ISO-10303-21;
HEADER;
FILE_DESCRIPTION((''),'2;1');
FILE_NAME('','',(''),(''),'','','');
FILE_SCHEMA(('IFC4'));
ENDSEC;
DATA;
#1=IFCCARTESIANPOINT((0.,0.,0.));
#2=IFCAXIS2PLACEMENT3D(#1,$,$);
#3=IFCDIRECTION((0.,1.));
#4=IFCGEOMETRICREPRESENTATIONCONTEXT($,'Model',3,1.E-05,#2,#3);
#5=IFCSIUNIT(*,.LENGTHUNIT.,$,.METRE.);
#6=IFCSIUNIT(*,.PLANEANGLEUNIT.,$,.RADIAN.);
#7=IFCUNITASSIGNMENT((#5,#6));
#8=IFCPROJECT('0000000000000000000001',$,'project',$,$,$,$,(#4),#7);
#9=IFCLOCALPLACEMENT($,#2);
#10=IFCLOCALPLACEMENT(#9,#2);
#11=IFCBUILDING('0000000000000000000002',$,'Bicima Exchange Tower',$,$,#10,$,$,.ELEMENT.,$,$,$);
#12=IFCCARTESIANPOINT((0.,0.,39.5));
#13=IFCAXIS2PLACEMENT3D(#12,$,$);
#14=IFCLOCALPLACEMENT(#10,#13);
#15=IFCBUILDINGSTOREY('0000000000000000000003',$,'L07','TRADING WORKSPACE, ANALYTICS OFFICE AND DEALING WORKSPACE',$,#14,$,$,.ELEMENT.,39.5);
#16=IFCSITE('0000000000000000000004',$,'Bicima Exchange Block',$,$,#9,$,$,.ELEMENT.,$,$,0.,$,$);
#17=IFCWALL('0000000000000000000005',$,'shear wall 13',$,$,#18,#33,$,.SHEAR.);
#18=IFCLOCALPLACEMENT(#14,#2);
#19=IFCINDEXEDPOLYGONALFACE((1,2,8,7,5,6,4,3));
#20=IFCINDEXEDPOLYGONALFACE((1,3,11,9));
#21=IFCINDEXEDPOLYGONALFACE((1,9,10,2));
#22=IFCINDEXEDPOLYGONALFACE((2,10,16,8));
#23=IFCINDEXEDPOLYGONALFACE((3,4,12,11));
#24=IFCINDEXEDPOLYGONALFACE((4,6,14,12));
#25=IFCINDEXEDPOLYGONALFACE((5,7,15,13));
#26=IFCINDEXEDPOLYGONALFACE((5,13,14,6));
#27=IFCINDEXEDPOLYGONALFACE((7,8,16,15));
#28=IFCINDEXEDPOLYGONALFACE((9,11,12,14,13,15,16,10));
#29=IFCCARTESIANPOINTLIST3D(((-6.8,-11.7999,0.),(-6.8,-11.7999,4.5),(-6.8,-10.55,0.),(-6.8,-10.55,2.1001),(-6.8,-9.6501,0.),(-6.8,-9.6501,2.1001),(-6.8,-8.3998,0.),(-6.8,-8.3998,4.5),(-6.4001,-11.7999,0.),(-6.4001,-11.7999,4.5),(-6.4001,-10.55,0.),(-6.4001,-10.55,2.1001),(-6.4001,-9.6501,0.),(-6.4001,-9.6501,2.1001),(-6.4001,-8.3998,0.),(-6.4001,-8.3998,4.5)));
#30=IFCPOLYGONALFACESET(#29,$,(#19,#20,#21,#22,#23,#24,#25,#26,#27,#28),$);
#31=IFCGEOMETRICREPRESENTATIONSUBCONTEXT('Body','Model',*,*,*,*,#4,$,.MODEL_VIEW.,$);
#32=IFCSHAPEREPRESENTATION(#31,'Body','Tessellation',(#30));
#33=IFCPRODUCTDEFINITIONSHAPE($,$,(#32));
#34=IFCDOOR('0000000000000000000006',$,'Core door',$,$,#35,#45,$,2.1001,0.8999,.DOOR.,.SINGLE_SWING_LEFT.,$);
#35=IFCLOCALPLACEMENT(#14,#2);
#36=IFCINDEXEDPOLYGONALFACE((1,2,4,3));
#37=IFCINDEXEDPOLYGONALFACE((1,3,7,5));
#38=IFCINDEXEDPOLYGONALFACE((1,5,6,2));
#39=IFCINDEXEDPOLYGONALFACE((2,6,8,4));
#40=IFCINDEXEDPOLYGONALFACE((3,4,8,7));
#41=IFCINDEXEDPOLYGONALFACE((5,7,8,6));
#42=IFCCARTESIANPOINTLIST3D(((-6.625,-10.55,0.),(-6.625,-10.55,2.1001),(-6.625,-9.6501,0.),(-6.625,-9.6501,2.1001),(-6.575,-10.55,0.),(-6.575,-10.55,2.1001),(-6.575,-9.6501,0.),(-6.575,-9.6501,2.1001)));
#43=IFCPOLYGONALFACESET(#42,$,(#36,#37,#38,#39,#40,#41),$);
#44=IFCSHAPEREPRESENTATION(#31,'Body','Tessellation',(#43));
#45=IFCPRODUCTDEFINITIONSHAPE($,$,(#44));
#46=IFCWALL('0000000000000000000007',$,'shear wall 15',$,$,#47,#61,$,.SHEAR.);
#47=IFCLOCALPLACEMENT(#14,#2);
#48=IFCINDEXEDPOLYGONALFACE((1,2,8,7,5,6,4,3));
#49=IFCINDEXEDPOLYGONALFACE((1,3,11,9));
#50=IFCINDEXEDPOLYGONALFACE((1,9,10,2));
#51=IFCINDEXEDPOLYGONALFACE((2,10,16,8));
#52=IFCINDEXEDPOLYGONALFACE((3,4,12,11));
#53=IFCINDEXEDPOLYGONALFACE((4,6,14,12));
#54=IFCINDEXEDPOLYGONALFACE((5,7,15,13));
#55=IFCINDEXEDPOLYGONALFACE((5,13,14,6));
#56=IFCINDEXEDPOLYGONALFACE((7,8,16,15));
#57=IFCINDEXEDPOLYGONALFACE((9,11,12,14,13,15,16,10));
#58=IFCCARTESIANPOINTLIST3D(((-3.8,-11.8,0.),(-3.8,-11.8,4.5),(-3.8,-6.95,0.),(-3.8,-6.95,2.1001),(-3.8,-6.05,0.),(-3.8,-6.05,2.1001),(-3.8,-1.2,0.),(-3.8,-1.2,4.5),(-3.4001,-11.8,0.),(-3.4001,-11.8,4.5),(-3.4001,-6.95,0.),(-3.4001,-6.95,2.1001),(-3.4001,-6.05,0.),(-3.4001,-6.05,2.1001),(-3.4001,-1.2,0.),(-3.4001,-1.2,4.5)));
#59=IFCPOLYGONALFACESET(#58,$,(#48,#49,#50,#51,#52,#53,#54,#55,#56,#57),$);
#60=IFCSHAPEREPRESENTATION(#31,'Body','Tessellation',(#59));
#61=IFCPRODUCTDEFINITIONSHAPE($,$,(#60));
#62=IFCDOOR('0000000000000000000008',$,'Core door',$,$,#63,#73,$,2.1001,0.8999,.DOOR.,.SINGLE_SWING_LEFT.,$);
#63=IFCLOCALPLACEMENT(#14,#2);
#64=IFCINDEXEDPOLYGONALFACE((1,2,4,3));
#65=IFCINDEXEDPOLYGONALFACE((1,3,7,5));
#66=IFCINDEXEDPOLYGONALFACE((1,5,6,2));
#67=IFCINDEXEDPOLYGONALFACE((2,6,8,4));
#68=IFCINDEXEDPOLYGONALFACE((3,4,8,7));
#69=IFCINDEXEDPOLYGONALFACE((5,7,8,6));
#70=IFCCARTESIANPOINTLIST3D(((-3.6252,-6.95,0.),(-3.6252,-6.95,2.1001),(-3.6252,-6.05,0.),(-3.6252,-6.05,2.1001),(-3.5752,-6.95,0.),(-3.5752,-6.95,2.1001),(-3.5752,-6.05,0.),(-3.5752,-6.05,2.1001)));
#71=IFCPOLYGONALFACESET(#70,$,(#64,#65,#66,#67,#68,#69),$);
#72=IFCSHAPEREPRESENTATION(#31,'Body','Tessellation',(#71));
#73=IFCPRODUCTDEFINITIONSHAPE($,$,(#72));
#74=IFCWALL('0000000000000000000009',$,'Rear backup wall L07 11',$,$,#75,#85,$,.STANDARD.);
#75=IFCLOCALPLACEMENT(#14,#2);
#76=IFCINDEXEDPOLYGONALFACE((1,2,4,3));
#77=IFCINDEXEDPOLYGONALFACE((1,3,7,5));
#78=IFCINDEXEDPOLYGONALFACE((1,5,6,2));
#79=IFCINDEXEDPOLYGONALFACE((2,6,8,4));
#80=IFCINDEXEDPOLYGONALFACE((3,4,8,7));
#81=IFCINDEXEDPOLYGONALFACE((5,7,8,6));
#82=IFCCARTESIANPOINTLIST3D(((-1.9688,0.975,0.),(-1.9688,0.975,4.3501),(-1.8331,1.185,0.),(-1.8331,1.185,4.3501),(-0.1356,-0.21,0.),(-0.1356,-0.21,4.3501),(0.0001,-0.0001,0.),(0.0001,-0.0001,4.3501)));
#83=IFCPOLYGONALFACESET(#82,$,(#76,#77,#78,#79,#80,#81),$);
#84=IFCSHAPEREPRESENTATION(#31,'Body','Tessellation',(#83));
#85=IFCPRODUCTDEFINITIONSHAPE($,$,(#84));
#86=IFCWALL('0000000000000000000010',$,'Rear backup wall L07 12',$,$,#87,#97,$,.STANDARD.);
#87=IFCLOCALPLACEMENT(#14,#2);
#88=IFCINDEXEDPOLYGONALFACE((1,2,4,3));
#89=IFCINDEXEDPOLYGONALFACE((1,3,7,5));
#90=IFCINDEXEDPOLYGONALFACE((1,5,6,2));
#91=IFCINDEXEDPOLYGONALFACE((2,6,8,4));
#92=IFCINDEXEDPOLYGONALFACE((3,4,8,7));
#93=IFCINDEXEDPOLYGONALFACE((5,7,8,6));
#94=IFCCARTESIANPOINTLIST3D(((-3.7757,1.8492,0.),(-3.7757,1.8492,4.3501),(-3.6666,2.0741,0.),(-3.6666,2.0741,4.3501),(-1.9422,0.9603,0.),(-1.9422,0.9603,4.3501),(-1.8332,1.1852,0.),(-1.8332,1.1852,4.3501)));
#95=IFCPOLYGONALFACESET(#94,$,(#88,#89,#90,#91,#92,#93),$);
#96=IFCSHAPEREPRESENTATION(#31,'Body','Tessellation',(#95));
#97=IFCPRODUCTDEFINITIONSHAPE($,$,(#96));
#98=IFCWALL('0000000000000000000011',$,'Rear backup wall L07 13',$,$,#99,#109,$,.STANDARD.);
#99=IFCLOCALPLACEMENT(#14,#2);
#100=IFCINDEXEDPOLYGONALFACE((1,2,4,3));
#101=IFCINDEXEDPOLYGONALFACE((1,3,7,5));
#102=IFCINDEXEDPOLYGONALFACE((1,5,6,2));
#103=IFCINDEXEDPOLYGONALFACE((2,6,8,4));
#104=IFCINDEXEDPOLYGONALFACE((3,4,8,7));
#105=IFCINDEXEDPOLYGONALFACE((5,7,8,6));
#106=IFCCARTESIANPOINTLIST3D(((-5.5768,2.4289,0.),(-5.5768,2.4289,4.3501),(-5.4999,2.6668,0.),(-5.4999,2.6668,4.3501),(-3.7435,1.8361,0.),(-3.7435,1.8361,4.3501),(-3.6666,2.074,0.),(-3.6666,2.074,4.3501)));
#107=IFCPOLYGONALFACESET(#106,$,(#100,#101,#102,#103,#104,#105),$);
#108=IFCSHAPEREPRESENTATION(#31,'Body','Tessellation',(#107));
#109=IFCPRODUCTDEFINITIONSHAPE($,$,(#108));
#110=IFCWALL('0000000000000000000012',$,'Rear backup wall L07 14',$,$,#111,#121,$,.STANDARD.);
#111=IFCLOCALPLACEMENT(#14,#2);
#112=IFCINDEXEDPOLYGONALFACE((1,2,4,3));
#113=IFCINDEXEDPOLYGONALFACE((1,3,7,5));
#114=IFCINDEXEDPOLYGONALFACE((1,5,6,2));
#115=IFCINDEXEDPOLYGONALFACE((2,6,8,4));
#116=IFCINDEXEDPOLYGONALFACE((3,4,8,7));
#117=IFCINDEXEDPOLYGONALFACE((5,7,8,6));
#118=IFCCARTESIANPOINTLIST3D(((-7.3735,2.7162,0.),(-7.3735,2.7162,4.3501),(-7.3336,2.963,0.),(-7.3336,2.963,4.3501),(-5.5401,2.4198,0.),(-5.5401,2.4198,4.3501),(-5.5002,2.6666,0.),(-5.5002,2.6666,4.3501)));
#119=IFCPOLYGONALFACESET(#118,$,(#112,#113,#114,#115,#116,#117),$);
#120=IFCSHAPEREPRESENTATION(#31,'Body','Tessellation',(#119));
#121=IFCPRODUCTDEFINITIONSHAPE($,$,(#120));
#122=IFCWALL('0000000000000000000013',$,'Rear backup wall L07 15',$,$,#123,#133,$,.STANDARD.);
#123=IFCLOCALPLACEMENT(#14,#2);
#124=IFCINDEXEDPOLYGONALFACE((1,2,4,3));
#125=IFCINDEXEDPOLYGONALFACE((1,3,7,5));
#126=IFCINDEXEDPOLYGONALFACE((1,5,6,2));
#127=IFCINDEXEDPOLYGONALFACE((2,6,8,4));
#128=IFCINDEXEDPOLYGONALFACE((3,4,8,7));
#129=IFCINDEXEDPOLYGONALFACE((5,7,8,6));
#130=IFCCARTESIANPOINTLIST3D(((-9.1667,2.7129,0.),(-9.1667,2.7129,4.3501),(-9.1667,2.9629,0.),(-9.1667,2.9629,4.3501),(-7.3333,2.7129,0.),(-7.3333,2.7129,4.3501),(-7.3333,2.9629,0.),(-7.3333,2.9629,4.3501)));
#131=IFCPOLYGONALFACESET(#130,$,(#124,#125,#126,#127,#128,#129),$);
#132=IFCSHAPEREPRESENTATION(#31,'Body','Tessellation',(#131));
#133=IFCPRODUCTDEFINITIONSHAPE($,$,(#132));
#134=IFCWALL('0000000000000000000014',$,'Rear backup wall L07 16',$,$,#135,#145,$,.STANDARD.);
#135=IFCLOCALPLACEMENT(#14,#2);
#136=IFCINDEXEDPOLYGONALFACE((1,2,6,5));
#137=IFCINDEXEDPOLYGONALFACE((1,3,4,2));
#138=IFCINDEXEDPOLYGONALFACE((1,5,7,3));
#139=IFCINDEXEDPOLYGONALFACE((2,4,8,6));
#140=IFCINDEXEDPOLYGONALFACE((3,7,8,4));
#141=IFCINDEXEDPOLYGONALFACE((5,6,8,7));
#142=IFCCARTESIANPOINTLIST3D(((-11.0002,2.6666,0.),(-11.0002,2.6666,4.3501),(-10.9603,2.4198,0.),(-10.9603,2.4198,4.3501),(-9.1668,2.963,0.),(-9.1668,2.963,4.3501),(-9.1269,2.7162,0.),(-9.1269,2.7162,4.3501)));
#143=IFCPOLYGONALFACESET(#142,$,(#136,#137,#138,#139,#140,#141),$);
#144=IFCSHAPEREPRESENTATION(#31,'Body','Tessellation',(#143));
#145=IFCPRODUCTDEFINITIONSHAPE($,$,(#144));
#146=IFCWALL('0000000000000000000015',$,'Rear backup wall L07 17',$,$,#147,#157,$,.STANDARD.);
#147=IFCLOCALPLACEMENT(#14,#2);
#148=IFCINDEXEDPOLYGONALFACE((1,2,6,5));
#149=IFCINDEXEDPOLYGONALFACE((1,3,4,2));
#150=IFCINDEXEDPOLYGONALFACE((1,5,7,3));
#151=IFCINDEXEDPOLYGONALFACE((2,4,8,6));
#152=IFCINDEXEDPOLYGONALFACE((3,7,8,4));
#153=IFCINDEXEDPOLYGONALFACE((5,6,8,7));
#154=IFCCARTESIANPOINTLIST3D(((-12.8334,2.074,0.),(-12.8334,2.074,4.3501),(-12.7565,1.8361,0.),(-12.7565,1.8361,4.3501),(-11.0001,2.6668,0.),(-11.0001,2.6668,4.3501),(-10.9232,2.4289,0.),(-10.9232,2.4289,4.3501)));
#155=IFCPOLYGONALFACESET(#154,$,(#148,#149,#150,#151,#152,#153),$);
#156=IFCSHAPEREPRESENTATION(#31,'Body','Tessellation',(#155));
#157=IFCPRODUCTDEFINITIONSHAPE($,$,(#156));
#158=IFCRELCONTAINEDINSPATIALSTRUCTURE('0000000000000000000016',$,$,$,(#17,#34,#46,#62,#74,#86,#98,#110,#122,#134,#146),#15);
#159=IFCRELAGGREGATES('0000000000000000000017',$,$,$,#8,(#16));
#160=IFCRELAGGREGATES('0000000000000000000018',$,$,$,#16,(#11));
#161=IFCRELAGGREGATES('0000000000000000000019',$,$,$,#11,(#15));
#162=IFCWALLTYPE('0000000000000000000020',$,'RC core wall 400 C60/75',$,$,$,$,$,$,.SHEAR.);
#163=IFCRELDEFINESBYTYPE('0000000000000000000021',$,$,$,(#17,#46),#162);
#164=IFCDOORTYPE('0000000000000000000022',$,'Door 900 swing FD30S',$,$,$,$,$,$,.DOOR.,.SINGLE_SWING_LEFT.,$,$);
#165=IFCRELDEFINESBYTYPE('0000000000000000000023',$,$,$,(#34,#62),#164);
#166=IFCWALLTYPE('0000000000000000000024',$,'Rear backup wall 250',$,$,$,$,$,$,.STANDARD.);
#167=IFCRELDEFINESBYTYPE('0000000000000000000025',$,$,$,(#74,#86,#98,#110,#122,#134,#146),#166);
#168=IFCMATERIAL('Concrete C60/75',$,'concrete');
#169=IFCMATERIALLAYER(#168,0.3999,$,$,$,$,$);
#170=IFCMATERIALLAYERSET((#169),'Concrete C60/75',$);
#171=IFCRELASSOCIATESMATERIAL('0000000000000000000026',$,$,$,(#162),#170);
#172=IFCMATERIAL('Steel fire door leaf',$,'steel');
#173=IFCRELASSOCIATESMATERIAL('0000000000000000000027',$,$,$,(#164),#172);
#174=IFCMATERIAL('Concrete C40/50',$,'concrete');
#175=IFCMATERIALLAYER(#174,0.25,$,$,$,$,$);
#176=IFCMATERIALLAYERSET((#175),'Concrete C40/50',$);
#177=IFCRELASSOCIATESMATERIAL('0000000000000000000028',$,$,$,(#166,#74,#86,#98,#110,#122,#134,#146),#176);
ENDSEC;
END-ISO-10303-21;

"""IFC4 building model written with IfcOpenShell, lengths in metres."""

from ifc_helpers import new_model, si_unit, direction, frame, frame_2d, origin, place, context, subcontext, project, spatial, rectangle, extrude, material, layer, layer_set, layer_usage, type_object, element, fill, save


model = new_model("IFC4")

# Units and contexts
model_context = context("Model", 3, precision=1e-05, world=origin(), true_north=direction((0.0, 1.0)))
body_context = subcontext(model_context, "Body", "Model", "MODEL_VIEW")
ifc_project = project(units=[si_unit("LENGTHUNIT", "METRE"), si_unit("PLANEANGLEUNIT", "RADIAN")], contexts=[model_context])

# Site, building, storey
site_placement = place(None, origin())
site = spatial("IfcSite", under=ifc_project, at=site_placement, Name="Bicima Exchange Block", CompositionType="ELEMENT", RefElevation=0.0)
building_placement = place(site_placement, origin())
building = spatial("IfcBuilding", under=site, at=building_placement, Name="Bicima Exchange Tower", CompositionType="ELEMENT")
storey_placement = place(building_placement, frame((0.0, 0.0, 39.5)))
storey = spatial("IfcBuildingStorey", under=building, at=storey_placement, Name="L07", Description="TRADING WORKSPACE, ANALYTICS OFFICE AND DEALING WORKSPACE", CompositionType="ELEMENT", Elevation=39.5)

# Shared definitions
ifc_material_1 = material(Name="Steel fire door leaf", Category="steel")

# Walls, openings, doors
ifc_material_2 = material(Name="Concrete C60/75", Category="concrete")
ifc_layer_1 = layer(ifc_material_2, 0.3999)
ifc_layer_set_1 = layer_set([ifc_layer_1], Name="Concrete C60/75")
wall_type_1 = type_object("IfcWallType", Name="RC core wall 400 C60/75", PredefinedType="SHEAR", material=ifc_layer_set_1)
wall_1_placement = place(storey_placement, frame((-6.6001, -11.8, 0.0), z_axis=(0.0, 0.0, 1.0), x_axis=(0.0, 1.0, 0.0)))
wall_1 = element("IfcWall", 1, at=wall_1_placement, inside=storey, type_object=wall_type_1, Name="shear wall 13", PredefinedType="SHEAR", context=body_context, shape_type="SweptSolid", body=[
    extrude(rectangle(XDim=3.4001, YDim=0.3999, at=frame_2d((1.7002, 0.0))), origin(), (0.0, 0.0, 1.0), 4.5),
])
opening_1_placement = place(wall_1_placement, frame((1.25, 0.0, 0.0)))
opening_1 = element("IfcOpeningElement", 2, at=opening_1_placement, cuts=wall_1, PredefinedType="OPENING", context=body_context, shape_type="SweptSolid", body=[
    extrude(rectangle(XDim=0.8999, YDim=2.1001, at=frame_2d((0.45, 1.05))), frame((0.0, 0.2119, 0.0), z_axis=(0.0, -1.0, 0.0), x_axis=(1.0, 0.0, 0.0)), (0.0, 0.0, 1.0), 0.4238),
])
door_type_1 = type_object("IfcDoorType", Name="Door 900 swing FD30S", OperationType="SINGLE_SWING_LEFT", PredefinedType="DOOR", material=ifc_material_1)
door_1_placement = place(opening_1_placement, origin())
door_1 = element("IfcDoor", 3, at=door_1_placement, inside=storey, type_object=door_type_1, Name="Core door", OperationType="SINGLE_SWING_LEFT", OverallHeight=2.1001, OverallWidth=0.8999, PredefinedType="DOOR", context=body_context, shape_type="SweptSolid", body=[
    extrude(rectangle(XDim=0.8999, YDim=2.1001, at=frame_2d((0.45, 1.05))), frame((0.0, 0.0249, 0.0), z_axis=(0.0, -1.0, 0.0), x_axis=(1.0, 0.0, 0.0)), (0.0, 0.0, 1.0), 0.05),
])
fill(opening_1, door_1)
wall_2_placement = place(storey_placement, frame((-3.6001, -11.8, 0.0), z_axis=(0.0, 0.0, 1.0), x_axis=(0.0, 1.0, 0.0)))
wall_2 = element("IfcWall", 4, at=wall_2_placement, inside=storey, type_object=wall_type_1, Name="shear wall 15", PredefinedType="SHEAR", context=body_context, shape_type="SweptSolid", body=[
    extrude(rectangle(XDim=10.6001, YDim=0.3999, at=frame_2d((5.3, 0.0))), origin(), (0.0, 0.0, 1.0), 4.5),
])
opening_2_placement = place(wall_2_placement, frame((4.8501, 0.0, 0.0)))
opening_2 = element("IfcOpeningElement", 5, at=opening_2_placement, cuts=wall_2, PredefinedType="OPENING", context=body_context, shape_type="SweptSolid", body=[
    extrude(rectangle(XDim=0.8999, YDim=2.1001, at=frame_2d((0.45, 1.05))), frame((0.0, 0.2119, 0.0), z_axis=(0.0, -1.0, 0.0), x_axis=(1.0, 0.0, 0.0)), (0.0, 0.0, 1.0), 0.4238),
])
door_2_placement = place(opening_2_placement, frame((0.8999, 0.0, 0.0), z_axis=(0.0, 0.0, 1.0), x_axis=(-1.0, 0.0, 0.0)))
door_2 = element("IfcDoor", 6, at=door_2_placement, inside=storey, type_object=door_type_1, Name="Core door", OperationType="SINGLE_SWING_LEFT", OverallHeight=2.1001, OverallWidth=0.8999, PredefinedType="DOOR", context=body_context, shape_type="SweptSolid", body=[
    extrude(rectangle(XDim=0.8999, YDim=2.1001, at=frame_2d((0.45, 1.05))), frame((0.0, 0.0249, 0.0), z_axis=(0.0, -1.0, 0.0), x_axis=(1.0, 0.0, 0.0)), (0.0, 0.0, 1.0), 0.05),
])
fill(opening_2, door_2)

# Walls
ifc_material_3 = material(Name="Concrete C40/50", Category="concrete")
ifc_layer_2 = layer(ifc_material_3, 0.25)
ifc_layer_set_2 = layer_set([ifc_layer_2], Name="Concrete C40/50")
ifc_layer_usage = layer_usage(ifc_layer_set_2, "AXIS2", "POSITIVE", -0.125)
wall_type_2 = type_object("IfcWallType", Name="Rear backup wall 250", PredefinedType="STANDARD", material=ifc_layer_set_2)
wall_3_placement = place(storey_placement, frame((-0.0679, -0.105, 0.0), z_axis=(0.0, 0.0, 1.0), x_axis=(-0.839813, 0.542876, 0.0)))
element("IfcWall", 7, at=wall_3_placement, inside=storey, type_object=wall_type_2, material=ifc_layer_usage, Name="Rear backup wall L07 11", PredefinedType="STANDARD", context=body_context, shape_type="SweptSolid", body=[
    extrude(rectangle(XDim=2.1829, YDim=0.25, at=frame_2d((1.0913, 0.0))), origin(), (0.0, 0.0, 1.0), 4.3501),
])
wall_4_placement = place(storey_placement, frame((-1.8877, 1.0728, 0.0), z_axis=(0.0, 0.0, 1.0), x_axis=(-0.899824, 0.436253, 0.0)))
element("IfcWall", 8, at=wall_4_placement, inside=storey, type_object=wall_type_2, material=ifc_layer_usage, Name="Rear backup wall L07 12", PredefinedType="STANDARD", context=body_context, shape_type="SweptSolid", body=[
    extrude(rectangle(XDim=2.0376, YDim=0.25, at=frame_2d((1.0188, 0.0))), origin(), (0.0, 0.0, 1.0), 4.3501),
])
wall_5_placement = place(storey_placement, frame((-3.7051, 1.9551, 0.0), z_axis=(0.0, 0.0, 1.0), x_axis=(-0.951496, 0.307662, 0.0)))
element("IfcWall", 9, at=wall_5_placement, inside=storey, type_object=wall_type_2, material=ifc_layer_usage, Name="Rear backup wall L07 13", PredefinedType="STANDARD", context=body_context, shape_type="SweptSolid", body=[
    extrude(rectangle(XDim=1.9268, YDim=0.25, at=frame_2d((0.9634, 0.0))), origin(), (0.0, 0.0, 1.0), 4.3501),
])
wall_6_placement = place(storey_placement, frame((-5.52, 2.5432, 0.0), z_axis=(0.0, 0.0, 1.0), x_axis=(-0.987182, 0.1596, 0.0)))
element("IfcWall", 10, at=wall_6_placement, inside=storey, type_object=wall_type_2, material=ifc_layer_usage, Name="Rear backup wall L07 14", PredefinedType="STANDARD", context=body_context, shape_type="SweptSolid", body=[
    extrude(rectangle(XDim=1.8572, YDim=0.25, at=frame_2d((0.9287, 0.0))), origin(), (0.0, 0.0, 1.0), 4.3501),
])
wall_7_placement = place(storey_placement, frame((-7.3333, 2.8379, 0.0), z_axis=(0.0, 0.0, 1.0), x_axis=(-1.0, 0.0, 0.0)))
element("IfcWall", 11, at=wall_7_placement, inside=storey, type_object=wall_type_2, material=ifc_layer_usage, Name="Rear backup wall L07 15", PredefinedType="STANDARD", context=body_context, shape_type="SweptSolid", body=[
    extrude(rectangle(XDim=1.8335, YDim=0.25, at=frame_2d((0.9167, 0.0))), origin(), (0.0, 0.0, 1.0), 4.3501),
])
wall_8_placement = place(storey_placement, frame((-9.1467, 2.8396, 0.0), z_axis=(0.0, 0.0, 1.0), x_axis=(-0.987182, -0.1596, 0.0)))
element("IfcWall", 12, at=wall_8_placement, inside=storey, type_object=wall_type_2, material=ifc_layer_usage, Name="Rear backup wall L07 16", PredefinedType="STANDARD", context=body_context, shape_type="SweptSolid", body=[
    extrude(rectangle(XDim=1.8572, YDim=0.25, at=frame_2d((0.9287, 0.0))), origin(), (0.0, 0.0, 1.0), 4.3501),
])
wall_9_placement = place(storey_placement, frame((-10.9617, 2.5479, 0.0), z_axis=(0.0, 0.0, 1.0), x_axis=(-0.951496, -0.307662, 0.0)))
element("IfcWall", 13, at=wall_9_placement, inside=storey, type_object=wall_type_2, material=ifc_layer_usage, Name="Rear backup wall L07 17", PredefinedType="STANDARD", context=body_context, shape_type="SweptSolid", body=[
    extrude(rectangle(XDim=1.9268, YDim=0.25, at=frame_2d((0.9634, 0.0))), origin(), (0.0, 0.0, 1.0), 4.3501),
])

save(model, "model.ifc")
